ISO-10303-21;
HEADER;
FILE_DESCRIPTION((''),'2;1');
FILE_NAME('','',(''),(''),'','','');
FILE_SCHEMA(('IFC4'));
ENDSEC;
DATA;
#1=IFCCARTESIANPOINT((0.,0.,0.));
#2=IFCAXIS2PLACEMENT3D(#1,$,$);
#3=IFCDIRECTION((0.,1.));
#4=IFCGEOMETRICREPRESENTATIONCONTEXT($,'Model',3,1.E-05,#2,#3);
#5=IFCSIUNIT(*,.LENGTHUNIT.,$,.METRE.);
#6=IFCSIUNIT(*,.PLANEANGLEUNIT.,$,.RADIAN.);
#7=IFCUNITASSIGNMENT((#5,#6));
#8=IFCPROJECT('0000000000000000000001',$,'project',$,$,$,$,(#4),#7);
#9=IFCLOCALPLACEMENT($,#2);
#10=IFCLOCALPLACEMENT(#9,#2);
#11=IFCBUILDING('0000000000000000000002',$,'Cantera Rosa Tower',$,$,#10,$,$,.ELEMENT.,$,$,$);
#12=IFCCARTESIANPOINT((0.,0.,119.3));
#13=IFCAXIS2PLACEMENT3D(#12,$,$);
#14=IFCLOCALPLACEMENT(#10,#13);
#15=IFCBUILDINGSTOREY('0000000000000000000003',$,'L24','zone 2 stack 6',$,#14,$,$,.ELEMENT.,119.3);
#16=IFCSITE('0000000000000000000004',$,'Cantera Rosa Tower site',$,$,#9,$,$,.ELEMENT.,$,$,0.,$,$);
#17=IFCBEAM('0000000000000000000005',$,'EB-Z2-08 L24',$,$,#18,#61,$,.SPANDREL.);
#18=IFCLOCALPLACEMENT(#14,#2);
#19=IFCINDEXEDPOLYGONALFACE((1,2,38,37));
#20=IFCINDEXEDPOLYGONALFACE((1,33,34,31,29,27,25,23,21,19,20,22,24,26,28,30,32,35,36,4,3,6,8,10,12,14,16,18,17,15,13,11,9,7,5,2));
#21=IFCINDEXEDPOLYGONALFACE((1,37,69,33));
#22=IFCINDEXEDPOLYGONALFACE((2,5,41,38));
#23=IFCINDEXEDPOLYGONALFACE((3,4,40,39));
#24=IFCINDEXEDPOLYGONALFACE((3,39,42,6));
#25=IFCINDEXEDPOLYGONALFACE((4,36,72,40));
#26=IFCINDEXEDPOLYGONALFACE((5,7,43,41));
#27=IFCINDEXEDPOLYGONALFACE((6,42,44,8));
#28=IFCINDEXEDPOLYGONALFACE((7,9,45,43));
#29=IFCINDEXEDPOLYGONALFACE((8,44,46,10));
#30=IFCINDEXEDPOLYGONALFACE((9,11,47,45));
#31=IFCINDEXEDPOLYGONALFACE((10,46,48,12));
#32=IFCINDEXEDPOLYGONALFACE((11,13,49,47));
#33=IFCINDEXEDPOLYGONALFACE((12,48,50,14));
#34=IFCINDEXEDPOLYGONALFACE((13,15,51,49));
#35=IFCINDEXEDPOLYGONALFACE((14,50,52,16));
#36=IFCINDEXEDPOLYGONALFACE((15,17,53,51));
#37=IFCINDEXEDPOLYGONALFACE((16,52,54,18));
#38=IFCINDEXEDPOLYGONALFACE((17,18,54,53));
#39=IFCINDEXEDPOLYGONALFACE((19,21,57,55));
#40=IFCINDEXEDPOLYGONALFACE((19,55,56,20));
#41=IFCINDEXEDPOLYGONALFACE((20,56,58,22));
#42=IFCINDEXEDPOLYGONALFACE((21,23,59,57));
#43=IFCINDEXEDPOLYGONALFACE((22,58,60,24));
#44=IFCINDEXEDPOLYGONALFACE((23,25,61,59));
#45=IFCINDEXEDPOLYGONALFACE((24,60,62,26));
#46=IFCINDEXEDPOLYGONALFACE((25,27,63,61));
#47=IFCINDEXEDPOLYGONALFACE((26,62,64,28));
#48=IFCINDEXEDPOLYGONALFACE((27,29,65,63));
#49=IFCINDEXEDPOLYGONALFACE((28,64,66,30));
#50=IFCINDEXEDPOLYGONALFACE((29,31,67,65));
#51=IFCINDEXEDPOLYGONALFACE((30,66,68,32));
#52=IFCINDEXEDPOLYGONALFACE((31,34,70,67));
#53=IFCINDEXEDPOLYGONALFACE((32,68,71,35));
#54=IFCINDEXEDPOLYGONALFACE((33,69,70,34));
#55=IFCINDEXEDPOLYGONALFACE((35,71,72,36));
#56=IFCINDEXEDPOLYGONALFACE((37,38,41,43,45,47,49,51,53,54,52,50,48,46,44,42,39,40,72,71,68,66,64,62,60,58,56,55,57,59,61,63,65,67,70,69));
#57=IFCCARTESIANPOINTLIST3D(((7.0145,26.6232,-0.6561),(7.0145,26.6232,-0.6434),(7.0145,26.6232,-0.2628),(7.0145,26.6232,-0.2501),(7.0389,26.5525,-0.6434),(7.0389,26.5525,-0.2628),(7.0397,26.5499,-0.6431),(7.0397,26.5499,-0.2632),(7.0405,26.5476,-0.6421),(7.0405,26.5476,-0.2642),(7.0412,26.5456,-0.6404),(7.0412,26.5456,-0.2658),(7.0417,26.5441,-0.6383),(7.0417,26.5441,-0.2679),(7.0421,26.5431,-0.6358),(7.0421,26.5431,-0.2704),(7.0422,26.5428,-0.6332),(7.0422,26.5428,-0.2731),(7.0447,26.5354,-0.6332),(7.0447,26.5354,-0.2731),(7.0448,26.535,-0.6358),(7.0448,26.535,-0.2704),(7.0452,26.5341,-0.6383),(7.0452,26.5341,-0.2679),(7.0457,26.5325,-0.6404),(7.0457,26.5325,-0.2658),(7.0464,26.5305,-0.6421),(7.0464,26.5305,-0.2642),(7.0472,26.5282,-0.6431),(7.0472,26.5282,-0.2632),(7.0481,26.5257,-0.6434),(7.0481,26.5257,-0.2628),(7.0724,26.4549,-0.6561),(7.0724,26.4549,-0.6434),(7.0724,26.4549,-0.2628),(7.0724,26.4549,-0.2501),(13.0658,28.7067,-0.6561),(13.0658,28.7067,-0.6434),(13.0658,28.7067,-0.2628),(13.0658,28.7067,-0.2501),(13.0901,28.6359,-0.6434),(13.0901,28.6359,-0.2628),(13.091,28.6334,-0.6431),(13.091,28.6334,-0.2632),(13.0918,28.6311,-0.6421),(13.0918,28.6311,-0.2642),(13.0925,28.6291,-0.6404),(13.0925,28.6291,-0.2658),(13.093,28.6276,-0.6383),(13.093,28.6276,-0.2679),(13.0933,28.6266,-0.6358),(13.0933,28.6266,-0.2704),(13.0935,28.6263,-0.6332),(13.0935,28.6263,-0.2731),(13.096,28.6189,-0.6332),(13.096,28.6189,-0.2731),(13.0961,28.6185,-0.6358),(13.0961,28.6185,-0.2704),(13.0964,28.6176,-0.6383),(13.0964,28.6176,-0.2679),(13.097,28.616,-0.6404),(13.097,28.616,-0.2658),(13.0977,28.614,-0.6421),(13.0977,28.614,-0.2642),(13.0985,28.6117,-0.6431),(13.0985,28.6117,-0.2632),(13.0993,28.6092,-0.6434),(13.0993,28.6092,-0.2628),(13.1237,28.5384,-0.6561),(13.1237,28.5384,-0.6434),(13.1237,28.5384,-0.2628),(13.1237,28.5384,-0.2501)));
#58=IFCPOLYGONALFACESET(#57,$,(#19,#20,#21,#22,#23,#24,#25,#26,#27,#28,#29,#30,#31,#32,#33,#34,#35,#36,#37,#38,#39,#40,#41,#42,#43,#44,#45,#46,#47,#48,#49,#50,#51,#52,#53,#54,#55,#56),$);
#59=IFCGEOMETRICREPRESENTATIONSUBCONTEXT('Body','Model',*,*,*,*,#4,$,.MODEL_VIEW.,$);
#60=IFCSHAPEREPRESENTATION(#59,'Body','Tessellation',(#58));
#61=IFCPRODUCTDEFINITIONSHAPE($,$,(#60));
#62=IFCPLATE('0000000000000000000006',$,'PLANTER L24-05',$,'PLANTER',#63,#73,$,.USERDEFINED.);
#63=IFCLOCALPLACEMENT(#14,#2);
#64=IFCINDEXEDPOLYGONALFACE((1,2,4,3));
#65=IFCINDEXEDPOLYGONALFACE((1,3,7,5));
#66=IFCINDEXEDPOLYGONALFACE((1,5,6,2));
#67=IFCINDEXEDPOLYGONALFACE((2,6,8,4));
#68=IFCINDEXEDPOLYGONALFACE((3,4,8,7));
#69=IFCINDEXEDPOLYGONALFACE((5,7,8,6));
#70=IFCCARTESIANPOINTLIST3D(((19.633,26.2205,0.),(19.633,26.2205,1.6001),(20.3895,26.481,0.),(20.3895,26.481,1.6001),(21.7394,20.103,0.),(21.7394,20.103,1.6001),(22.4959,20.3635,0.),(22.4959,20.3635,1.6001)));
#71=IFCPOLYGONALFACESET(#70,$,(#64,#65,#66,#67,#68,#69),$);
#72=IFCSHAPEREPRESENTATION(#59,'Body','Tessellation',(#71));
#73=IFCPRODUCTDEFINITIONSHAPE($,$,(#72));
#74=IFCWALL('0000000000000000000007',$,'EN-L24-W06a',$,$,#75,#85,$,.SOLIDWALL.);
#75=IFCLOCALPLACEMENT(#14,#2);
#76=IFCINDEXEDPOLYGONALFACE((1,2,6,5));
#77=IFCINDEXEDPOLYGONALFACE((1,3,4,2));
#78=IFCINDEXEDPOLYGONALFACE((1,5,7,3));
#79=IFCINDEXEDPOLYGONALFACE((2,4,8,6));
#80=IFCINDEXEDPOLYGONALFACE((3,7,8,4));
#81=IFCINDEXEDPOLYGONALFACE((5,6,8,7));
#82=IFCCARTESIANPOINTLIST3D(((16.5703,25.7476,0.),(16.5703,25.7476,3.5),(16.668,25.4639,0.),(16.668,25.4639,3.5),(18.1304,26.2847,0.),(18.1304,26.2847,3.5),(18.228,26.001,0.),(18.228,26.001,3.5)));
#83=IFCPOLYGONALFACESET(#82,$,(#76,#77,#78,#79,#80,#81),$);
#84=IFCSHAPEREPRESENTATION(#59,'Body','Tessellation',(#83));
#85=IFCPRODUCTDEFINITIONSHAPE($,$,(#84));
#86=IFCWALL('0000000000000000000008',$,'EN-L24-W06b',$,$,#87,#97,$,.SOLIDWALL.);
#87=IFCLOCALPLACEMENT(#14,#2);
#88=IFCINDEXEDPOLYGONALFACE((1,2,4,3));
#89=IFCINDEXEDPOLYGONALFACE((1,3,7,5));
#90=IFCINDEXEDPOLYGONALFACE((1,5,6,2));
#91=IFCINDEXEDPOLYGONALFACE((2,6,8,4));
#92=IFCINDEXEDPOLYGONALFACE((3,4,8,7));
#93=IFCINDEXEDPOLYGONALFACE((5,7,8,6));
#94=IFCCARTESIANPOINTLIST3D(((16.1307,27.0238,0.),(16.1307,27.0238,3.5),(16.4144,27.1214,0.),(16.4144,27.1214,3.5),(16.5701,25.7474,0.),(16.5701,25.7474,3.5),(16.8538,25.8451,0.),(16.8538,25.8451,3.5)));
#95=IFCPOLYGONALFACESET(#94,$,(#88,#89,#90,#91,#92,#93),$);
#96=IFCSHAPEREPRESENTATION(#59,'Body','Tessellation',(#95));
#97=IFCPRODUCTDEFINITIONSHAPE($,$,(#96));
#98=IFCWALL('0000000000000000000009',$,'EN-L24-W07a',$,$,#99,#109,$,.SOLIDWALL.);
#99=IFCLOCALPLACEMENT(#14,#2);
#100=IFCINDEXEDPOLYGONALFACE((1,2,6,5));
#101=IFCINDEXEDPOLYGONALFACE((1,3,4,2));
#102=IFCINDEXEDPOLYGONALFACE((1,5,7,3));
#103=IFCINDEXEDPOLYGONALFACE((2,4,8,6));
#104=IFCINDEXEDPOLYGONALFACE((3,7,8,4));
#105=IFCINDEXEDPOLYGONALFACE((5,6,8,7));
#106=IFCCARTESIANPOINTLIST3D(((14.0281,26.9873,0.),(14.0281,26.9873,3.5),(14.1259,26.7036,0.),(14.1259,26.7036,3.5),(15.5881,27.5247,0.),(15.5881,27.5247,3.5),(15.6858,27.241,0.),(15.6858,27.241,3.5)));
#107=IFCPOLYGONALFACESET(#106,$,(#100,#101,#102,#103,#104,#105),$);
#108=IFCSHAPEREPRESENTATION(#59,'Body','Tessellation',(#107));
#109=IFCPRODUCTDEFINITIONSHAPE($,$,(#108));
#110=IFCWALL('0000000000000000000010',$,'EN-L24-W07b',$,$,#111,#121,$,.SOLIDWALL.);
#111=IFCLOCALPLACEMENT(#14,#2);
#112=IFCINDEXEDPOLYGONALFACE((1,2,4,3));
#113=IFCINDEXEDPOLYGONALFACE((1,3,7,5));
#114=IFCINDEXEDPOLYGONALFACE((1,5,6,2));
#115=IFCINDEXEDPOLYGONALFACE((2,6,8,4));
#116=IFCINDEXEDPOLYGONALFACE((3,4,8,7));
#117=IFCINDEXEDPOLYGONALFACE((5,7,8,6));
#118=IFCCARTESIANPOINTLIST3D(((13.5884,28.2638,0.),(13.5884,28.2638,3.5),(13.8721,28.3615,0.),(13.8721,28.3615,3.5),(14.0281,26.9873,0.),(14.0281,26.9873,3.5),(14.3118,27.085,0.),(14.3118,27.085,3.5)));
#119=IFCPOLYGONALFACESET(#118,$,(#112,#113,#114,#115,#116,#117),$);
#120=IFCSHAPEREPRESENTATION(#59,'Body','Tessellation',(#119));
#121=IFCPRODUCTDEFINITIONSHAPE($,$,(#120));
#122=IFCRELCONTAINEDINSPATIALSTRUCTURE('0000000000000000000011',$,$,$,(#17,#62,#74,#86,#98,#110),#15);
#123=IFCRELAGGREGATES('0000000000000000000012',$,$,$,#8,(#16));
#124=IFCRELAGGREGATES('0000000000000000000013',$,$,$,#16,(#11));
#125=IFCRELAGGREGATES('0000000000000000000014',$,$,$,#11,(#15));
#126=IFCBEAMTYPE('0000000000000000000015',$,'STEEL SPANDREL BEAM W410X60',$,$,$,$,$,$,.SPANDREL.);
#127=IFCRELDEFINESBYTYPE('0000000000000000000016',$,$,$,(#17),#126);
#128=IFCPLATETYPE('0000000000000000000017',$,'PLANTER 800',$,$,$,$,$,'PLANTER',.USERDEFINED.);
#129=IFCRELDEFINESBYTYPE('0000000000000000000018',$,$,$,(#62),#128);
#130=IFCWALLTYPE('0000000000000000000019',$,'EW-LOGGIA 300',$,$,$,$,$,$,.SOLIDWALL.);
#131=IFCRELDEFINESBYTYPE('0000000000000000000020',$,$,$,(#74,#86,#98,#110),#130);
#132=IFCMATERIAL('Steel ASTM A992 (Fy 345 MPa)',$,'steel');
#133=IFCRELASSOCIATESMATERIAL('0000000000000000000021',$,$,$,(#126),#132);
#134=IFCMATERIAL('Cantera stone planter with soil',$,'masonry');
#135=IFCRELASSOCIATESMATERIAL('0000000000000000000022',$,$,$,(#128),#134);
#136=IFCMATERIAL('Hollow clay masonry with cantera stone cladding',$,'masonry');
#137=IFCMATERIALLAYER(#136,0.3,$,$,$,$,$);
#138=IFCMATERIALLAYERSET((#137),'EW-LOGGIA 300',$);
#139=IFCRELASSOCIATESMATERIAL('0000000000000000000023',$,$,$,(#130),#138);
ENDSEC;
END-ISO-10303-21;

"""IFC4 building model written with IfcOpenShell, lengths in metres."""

from ifc_helpers import new_model, si_unit, direction, frame, frame_2d, origin, origin_2d, place, context, subcontext, project, spatial, rectangle, i_section, extrude, material, layer, layer_set, material_profile, profile_set, type_object, element, save


model = new_model("IFC4")

# Units and contexts
model_context = context("Model", 3, precision=1e-05, world=origin(), true_north=direction((0.0, 1.0)))
body_context = subcontext(model_context, "Body", "Model", "MODEL_VIEW")
ifc_project = project(units=[si_unit("LENGTHUNIT", "METRE"), si_unit("PLANEANGLEUNIT", "RADIAN")], contexts=[model_context])

# Site, building, storey
site_placement = place(None, origin())
site = spatial("IfcSite", under=ifc_project, at=site_placement, Name="Cantera Rosa Tower site", CompositionType="ELEMENT", RefElevation=0.0)
building_placement = place(site_placement, origin())
building = spatial("IfcBuilding", under=site, at=building_placement, Name="Cantera Rosa Tower", CompositionType="ELEMENT")
storey_placement = place(building_placement, frame((0.0, 0.0, 119.3)))
storey = spatial("IfcBuildingStorey", under=building, at=storey_placement, Name="L24", Description="zone 2 stack 6", CompositionType="ELEMENT", Elevation=119.3)

# Beam
ifc_material_1 = material(Name="Steel ASTM A992 (Fy 345 MPa)", Category="steel")
ifc_material_profile_1 = material_profile(ifc_material_1, i_section(OverallWidth=0.178, OverallDepth=0.406, WebThickness=0.0078, FlangeThickness=0.0127, FilletRadius=0.0103, at=origin_2d()), Name="W410X60")
ifc_profile_set_1 = profile_set([ifc_material_profile_1], Name="Steel ASTM A992 (Fy 345 MPa)")
beam_type_1 = type_object("IfcBeamType", Name="STEEL SPANDREL BEAM W410X60", PredefinedType="SPANDREL", material=ifc_profile_set_1)
beam_1_placement = place(storey_placement, frame((13.0947, 28.6226, -0.4531), z_axis=(-0.945524, -0.325551, 0.0), x_axis=(0.325551, -0.945524, 0.0)))
element("IfcBeam", 1, at=beam_1_placement, inside=storey, type_object=beam_type_1, Name="EB-Z2-08 L24", PredefinedType="SPANDREL", context=body_context, shape_type="SweptSolid", body=[
    extrude(i_section(OverallWidth=0.178, OverallDepth=0.406, WebThickness=0.0078, FlangeThickness=0.0127, FilletRadius=0.0103, at=origin_2d()), origin(), (0.0, 0.0, 1.0), 6.3999),
])

# Plate
ifc_material_2 = material(Name="Cantera stone planter with soil", Category="masonry")
plate_type = type_object("IfcPlateType", Name="PLANTER 800", ElementType="PLANTER", PredefinedType="USERDEFINED", material=ifc_material_2)
plate_placement = place(storey_placement, frame((21.0645, 23.292, 0.0), z_axis=(0.0, 0.0, 1.0), x_axis=(-0.325568, 0.945519, 0.0)))
element("IfcPlate", 2, at=plate_placement, inside=storey, type_object=plate_type, Name="PLANTER L24-05", ObjectType="PLANTER", PredefinedType="USERDEFINED", context=body_context, shape_type="SweptSolid", body=[
    extrude(rectangle(XDim=6.47, YDim=0.8, at=origin_2d()), origin(), (0.0, 0.0, 1.0), 1.6001),
])

# Walls
ifc_material_3 = material(Name="Hollow clay masonry with cantera stone cladding", Category="masonry")
ifc_layer_1 = layer(ifc_material_3, 0.3)
ifc_layer_set_1 = layer_set([ifc_layer_1], Name="EW-LOGGIA 300")
wall_type_1 = type_object("IfcWallType", Name="EW-LOGGIA 300", PredefinedType="SOLIDWALL", material=ifc_layer_set_1)
wall_1_placement = place(storey_placement, frame((18.1792, 26.1428, 0.0), z_axis=(0.0, 0.0, 1.0), x_axis=(-0.94553, -0.325535, 0.0)))
element("IfcWall", 3, at=wall_1_placement, inside=storey, type_object=wall_type_1, Name="EN-L24-W06a", PredefinedType="SOLIDWALL", context=body_context, shape_type="SweptSolid", body=[
    extrude(rectangle(XDim=1.6499, YDim=0.3, at=frame_2d((0.825, 0.0))), origin(), (0.0, 0.0, 1.0), 3.5),
])
wall_2_placement = place(storey_placement, frame((16.7119, 25.7964, 0.0), z_axis=(0.0, 0.0, 1.0), x_axis=(-0.325545, 0.945527, 0.0)))
element("IfcWall", 4, at=wall_2_placement, inside=storey, type_object=wall_type_1, Name="EN-L24-W06b", PredefinedType="SOLIDWALL", context=body_context, shape_type="SweptSolid", body=[
    extrude(rectangle(XDim=1.3499, YDim=0.3, at=frame_2d((0.6748, 0.0))), origin(), (0.0, 0.0, 1.0), 3.5),
])
wall_3_placement = place(storey_placement, frame((15.637, 27.3828, 0.0), z_axis=(0.0, 0.0, 1.0), x_axis=(-0.945485, -0.325667, 0.0)))
element("IfcWall", 5, at=wall_3_placement, inside=storey, type_object=wall_type_1, Name="EN-L24-W07a", PredefinedType="SOLIDWALL", context=body_context, shape_type="SweptSolid", body=[
    extrude(rectangle(XDim=1.6499, YDim=0.3, at=frame_2d((0.825, 0.0))), origin(), (0.0, 0.0, 1.0), 3.5),
])
wall_4_placement = place(storey_placement, frame((14.1699, 27.0361, 0.0), z_axis=(0.0, 0.0, 1.0), x_axis=(-0.325651, 0.94549, 0.0)))
element("IfcWall", 6, at=wall_4_placement, inside=storey, type_object=wall_type_1, Name="EN-L24-W07b", PredefinedType="SOLIDWALL", context=body_context, shape_type="SweptSolid", body=[
    extrude(rectangle(XDim=1.3501, YDim=0.3, at=frame_2d((0.675, 0.0))), origin(), (0.0, 0.0, 1.0), 3.5),
])

save(model, "model.ifc")
